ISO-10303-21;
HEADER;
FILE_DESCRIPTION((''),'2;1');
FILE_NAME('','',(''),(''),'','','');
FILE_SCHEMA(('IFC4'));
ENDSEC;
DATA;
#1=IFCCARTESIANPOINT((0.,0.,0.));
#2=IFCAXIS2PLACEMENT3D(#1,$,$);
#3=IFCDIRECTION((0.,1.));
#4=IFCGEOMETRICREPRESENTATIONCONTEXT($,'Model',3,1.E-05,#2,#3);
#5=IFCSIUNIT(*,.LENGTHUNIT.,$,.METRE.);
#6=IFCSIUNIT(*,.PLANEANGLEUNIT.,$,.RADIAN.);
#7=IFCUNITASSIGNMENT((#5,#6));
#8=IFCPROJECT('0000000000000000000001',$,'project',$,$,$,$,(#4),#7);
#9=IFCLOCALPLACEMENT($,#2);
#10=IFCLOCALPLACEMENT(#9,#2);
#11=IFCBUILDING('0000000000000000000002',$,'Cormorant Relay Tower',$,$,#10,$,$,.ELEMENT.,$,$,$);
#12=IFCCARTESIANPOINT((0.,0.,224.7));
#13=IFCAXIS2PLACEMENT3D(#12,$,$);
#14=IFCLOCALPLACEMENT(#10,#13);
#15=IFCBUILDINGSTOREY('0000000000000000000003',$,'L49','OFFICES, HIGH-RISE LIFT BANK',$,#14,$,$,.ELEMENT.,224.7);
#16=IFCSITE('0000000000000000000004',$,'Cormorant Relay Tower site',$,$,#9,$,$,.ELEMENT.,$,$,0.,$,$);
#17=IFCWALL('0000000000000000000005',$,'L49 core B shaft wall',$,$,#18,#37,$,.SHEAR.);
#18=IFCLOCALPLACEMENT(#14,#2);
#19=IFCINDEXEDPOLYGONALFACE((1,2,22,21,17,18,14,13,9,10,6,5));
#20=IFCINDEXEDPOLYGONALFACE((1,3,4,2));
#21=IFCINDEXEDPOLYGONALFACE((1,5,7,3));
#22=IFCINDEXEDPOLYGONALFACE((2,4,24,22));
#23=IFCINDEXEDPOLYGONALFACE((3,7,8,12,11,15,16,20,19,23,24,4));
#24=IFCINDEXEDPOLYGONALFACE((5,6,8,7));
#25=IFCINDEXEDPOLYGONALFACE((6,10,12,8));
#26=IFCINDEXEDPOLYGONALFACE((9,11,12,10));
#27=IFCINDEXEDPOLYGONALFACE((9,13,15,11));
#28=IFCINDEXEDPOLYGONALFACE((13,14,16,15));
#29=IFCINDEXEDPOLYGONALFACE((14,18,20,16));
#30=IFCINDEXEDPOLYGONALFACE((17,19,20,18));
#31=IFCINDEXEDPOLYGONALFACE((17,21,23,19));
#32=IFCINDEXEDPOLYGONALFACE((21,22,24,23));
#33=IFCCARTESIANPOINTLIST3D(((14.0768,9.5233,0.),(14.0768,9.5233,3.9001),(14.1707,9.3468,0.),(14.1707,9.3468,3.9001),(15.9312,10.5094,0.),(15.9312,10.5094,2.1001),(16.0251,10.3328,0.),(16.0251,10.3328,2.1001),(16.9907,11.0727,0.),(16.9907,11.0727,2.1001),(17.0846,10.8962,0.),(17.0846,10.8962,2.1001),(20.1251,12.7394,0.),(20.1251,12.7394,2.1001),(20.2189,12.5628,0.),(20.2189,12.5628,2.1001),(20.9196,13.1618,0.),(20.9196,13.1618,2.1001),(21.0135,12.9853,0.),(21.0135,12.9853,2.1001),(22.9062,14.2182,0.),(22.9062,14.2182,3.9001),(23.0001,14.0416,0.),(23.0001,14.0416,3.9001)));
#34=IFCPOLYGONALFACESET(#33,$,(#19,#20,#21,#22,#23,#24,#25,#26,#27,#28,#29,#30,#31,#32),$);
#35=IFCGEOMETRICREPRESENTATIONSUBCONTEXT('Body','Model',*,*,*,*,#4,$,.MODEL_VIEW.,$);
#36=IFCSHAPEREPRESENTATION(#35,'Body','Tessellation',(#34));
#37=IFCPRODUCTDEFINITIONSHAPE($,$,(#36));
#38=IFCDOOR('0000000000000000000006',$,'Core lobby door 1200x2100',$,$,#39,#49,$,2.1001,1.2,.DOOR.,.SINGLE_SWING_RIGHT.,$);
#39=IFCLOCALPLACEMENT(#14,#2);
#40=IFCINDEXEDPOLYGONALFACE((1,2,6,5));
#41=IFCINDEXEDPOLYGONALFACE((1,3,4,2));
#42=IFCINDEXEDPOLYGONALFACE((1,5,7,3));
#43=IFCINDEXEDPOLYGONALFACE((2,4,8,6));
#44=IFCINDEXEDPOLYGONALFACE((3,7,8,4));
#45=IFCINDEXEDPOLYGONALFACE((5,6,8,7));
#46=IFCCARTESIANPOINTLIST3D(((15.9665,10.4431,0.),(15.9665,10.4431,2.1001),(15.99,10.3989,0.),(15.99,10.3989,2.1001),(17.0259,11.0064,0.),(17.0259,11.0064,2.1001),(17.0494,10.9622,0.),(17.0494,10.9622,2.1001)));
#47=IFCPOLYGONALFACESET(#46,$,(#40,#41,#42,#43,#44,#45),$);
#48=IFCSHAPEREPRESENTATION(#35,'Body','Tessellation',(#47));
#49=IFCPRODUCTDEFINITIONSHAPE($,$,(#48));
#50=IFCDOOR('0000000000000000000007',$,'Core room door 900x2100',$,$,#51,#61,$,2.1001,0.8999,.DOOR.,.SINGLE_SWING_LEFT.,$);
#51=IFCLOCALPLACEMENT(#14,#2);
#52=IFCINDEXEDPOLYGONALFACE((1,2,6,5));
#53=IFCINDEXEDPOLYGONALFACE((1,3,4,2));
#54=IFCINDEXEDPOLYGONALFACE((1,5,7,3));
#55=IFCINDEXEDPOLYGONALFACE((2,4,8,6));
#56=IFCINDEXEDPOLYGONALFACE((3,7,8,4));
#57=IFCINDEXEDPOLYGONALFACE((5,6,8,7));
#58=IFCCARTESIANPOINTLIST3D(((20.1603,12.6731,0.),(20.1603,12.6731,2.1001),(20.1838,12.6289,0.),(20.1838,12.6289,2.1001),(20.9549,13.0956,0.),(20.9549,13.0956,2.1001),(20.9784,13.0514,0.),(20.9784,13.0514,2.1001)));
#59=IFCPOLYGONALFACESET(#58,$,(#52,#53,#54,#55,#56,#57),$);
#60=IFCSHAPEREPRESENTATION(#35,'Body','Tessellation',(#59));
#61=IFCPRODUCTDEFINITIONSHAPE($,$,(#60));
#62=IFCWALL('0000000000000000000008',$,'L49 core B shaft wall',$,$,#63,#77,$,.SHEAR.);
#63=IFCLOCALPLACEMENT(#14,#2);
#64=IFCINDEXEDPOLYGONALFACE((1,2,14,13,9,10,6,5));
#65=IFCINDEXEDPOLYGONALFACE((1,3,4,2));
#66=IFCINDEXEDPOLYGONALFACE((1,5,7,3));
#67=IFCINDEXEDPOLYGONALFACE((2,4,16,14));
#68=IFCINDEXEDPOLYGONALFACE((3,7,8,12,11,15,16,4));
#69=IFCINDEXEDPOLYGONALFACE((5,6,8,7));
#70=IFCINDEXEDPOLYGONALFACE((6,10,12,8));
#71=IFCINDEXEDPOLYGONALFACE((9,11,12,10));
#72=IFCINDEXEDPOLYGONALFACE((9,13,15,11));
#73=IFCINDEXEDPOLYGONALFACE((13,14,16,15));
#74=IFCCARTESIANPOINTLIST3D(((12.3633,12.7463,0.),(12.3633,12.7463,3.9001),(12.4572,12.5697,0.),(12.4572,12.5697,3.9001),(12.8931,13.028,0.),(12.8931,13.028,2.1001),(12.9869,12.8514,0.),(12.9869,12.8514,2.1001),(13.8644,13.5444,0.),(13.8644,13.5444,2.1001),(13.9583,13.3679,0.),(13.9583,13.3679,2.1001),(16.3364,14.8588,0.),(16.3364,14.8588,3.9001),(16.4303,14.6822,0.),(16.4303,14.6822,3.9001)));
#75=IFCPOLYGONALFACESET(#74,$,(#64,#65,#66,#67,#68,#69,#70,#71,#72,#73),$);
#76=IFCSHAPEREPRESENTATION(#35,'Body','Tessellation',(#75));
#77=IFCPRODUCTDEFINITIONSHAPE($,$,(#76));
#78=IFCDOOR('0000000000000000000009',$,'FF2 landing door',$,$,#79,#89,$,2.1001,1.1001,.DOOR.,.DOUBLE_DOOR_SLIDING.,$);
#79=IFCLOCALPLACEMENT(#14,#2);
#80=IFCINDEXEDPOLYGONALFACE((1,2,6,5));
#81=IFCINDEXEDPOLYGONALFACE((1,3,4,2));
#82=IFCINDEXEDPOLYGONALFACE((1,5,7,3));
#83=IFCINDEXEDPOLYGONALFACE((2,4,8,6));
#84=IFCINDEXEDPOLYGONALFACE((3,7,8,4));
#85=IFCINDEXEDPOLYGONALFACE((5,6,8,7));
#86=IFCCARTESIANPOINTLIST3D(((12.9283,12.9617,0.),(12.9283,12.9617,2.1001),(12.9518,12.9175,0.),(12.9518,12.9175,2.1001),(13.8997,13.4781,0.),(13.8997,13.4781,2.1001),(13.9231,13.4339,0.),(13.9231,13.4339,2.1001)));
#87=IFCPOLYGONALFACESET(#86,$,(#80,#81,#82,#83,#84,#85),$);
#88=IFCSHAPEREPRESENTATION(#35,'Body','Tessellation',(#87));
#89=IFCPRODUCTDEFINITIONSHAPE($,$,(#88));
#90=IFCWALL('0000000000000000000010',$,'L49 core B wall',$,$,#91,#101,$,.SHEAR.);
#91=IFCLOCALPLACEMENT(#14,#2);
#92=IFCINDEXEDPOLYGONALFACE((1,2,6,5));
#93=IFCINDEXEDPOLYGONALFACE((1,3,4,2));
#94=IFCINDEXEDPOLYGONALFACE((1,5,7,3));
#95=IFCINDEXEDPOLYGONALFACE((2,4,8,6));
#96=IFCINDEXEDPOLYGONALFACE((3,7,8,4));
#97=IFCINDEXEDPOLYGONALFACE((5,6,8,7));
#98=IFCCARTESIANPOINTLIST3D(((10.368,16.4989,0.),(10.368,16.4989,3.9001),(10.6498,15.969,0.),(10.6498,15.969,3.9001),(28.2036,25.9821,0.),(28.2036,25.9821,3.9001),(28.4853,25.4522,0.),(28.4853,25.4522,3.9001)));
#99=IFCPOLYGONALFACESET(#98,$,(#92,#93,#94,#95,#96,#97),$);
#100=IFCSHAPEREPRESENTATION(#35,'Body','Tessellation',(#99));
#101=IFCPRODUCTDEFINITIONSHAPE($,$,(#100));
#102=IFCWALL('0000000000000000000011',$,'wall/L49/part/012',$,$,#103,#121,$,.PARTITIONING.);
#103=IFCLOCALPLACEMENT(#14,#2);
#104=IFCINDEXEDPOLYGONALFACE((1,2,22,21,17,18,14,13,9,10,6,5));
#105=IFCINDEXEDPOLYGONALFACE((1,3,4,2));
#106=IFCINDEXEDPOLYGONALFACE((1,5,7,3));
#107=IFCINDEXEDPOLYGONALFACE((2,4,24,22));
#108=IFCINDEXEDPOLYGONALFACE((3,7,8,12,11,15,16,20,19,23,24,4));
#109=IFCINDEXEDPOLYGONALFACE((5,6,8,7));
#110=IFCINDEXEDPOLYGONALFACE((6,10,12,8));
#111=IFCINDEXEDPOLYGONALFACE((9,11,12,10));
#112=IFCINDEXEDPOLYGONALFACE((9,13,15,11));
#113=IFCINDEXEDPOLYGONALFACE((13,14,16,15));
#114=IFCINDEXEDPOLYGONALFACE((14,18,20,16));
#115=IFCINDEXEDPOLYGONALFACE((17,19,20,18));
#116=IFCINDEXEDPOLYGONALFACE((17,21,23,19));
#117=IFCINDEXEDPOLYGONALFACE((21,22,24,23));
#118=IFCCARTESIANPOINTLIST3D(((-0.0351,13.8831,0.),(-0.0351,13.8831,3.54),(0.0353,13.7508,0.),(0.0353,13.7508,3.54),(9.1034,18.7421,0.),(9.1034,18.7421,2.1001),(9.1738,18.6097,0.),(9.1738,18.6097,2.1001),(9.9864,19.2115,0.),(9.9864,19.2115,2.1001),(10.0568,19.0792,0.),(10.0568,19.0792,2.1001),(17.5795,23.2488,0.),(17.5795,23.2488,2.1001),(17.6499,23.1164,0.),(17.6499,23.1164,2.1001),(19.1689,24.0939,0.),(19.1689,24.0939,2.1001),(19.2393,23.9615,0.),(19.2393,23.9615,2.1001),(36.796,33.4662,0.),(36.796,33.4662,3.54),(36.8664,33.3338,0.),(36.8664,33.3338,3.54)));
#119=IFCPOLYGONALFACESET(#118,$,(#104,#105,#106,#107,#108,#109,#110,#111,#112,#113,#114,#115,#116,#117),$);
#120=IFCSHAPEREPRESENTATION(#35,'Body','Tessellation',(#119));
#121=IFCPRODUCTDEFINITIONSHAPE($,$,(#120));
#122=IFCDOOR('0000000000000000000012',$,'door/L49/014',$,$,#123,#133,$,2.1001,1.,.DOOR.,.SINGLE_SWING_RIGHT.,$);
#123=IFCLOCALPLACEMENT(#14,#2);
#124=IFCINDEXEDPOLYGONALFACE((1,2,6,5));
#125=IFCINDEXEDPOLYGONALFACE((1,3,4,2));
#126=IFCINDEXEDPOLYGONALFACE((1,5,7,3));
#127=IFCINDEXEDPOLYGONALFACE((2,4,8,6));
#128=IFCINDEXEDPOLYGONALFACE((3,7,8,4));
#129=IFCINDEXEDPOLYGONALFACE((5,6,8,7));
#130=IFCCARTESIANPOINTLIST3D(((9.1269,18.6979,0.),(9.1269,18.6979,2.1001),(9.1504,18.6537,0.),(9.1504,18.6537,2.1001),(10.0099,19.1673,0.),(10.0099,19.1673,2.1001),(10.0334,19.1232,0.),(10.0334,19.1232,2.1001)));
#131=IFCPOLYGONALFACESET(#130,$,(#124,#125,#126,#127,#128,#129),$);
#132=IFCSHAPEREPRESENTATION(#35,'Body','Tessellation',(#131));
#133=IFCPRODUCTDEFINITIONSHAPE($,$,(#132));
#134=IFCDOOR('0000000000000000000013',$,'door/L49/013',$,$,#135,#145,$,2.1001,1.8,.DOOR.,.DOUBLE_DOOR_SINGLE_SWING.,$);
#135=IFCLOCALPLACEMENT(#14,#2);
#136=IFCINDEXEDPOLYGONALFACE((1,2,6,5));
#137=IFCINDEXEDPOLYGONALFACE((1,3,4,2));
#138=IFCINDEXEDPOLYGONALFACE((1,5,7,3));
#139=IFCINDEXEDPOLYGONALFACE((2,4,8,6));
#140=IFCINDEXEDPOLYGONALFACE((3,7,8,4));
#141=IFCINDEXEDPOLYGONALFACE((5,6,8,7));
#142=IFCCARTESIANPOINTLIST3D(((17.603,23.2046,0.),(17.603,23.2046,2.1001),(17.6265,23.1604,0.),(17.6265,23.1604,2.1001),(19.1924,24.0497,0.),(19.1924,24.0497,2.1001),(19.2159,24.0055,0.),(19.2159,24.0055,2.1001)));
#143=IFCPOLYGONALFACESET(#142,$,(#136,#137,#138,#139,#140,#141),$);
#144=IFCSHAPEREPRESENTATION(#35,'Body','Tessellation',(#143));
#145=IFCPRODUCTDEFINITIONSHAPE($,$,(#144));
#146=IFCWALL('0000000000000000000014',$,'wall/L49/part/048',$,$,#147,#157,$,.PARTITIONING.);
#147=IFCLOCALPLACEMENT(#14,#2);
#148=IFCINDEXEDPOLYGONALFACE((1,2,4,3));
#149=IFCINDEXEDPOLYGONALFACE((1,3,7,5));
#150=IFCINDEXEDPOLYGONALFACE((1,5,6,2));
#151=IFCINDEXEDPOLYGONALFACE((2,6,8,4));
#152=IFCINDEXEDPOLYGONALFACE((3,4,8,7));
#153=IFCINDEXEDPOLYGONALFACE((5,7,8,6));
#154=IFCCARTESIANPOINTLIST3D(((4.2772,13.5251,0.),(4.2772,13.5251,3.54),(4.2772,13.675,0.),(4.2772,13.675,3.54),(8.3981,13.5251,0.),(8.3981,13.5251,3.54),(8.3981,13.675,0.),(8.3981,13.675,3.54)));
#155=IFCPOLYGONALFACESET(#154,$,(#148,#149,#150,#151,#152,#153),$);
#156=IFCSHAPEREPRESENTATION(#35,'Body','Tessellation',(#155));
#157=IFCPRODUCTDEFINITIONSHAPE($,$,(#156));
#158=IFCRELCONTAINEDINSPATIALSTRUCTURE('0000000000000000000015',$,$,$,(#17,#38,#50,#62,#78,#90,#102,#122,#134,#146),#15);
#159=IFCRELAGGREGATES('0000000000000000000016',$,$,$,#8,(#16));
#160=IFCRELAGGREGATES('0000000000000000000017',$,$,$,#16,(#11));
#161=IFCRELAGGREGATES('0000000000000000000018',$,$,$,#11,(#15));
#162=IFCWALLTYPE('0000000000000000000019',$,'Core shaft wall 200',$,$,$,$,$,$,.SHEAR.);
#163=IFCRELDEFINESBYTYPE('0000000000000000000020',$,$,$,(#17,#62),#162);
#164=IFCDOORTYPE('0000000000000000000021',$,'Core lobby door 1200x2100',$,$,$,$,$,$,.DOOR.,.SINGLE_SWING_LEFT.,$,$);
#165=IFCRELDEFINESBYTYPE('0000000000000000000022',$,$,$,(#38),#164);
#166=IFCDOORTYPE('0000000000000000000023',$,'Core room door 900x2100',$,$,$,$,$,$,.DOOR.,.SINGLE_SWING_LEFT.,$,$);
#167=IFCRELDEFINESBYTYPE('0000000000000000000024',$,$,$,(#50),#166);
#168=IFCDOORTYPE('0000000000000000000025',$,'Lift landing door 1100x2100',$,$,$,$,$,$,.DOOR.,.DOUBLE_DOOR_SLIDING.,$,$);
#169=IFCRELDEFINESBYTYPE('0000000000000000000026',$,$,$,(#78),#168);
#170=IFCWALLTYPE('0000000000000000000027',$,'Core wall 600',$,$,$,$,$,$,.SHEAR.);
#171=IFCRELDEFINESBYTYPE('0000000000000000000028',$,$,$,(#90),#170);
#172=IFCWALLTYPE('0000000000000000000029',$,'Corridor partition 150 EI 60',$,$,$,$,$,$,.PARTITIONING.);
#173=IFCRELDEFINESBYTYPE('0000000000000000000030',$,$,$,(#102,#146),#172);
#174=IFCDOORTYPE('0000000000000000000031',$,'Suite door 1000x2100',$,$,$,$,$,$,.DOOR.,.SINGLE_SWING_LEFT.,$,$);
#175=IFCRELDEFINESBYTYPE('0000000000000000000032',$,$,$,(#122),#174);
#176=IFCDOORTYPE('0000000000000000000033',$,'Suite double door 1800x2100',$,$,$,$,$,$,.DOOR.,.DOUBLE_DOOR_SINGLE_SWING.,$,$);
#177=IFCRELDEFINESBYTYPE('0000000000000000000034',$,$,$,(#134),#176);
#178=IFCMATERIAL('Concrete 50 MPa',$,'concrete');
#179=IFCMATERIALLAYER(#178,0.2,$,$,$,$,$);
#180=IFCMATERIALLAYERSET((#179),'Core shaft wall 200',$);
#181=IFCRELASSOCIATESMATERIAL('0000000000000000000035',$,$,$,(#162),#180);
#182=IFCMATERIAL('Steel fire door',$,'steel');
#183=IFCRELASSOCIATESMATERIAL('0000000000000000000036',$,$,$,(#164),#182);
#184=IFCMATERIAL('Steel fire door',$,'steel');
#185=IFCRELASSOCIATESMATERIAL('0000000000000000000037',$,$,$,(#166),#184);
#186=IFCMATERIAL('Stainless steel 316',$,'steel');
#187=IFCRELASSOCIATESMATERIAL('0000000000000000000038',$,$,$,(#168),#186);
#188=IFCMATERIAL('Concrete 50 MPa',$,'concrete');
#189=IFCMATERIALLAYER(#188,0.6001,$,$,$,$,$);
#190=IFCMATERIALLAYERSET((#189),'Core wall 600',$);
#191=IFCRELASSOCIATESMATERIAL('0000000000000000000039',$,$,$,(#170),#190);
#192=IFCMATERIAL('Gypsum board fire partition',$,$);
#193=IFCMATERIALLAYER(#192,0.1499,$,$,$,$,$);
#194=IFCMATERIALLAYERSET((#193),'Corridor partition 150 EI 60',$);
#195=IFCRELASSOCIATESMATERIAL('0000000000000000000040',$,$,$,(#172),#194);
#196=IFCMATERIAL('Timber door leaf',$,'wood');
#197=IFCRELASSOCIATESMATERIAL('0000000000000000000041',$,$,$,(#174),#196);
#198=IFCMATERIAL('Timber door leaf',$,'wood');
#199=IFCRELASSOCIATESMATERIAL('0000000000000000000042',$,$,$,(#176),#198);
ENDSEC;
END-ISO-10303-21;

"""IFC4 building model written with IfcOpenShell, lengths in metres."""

from ifc_helpers import new_model, si_unit, direction, frame, frame_2d, origin, place, context, subcontext, project, spatial, rectangle, extrude, material, layer, layer_set, type_object, element, fill, save


model = new_model("IFC4")

# Units and contexts
model_context = context("Model", 3, precision=1e-05, world=origin(), true_north=direction((0.0, 1.0)))
body_context = subcontext(model_context, "Body", "Model", "MODEL_VIEW")
ifc_project = project(units=[si_unit("LENGTHUNIT", "METRE"), si_unit("PLANEANGLEUNIT", "RADIAN")], contexts=[model_context])

# Site, building, storey
site_placement = place(None, origin())
site = spatial("IfcSite", under=ifc_project, at=site_placement, Name="Cormorant Relay Tower site", CompositionType="ELEMENT", RefElevation=0.0)
building_placement = place(site_placement, origin())
building = spatial("IfcBuilding", under=site, at=building_placement, Name="Cormorant Relay Tower", CompositionType="ELEMENT")
storey_placement = place(building_placement, frame((0.0, 0.0, 224.7)))
storey = spatial("IfcBuildingStorey", under=building, at=storey_placement, Name="L49", Description="OFFICES, HIGH-RISE LIFT BANK", CompositionType="ELEMENT", Elevation=224.7)

# Shared definitions
ifc_material_1 = material(Name="Concrete 50 MPa", Category="concrete")
ifc_layer_1 = layer(ifc_material_1, 0.2)
ifc_layer_set_1 = layer_set([ifc_layer_1], Name="Core shaft wall 200")
wall_type_1 = type_object("IfcWallType", Name="Core shaft wall 200", PredefinedType="SHEAR", material=ifc_layer_set_1)

# Wall, openings, doors
wall_1_placement = place(storey_placement, frame((14.1238, 9.4351, 0.0), z_axis=(0.0, 0.0, 1.0), x_axis=(0.88294, 0.469485, 0.0)))
wall_1 = element("IfcWall", 1, at=wall_1_placement, inside=storey, type_object=wall_type_1, Name="L49 core B shaft wall", PredefinedType="SHEAR", context=body_context, shape_type="SweptSolid", body=[
    extrude(rectangle(XDim=10.0, YDim=0.2, at=frame_2d((5.0, 0.0))), origin(), (0.0, 0.0, 1.0), 3.9001),
])
opening_1_placement = place(wall_1_placement, frame((2.1001, 0.0, 0.0)))
opening_1 = element("IfcOpeningElement", 2, at=opening_1_placement, cuts=wall_1, PredefinedType="OPENING", context=body_context, shape_type="SweptSolid", body=[
    extrude(rectangle(XDim=1.2, YDim=2.1001, at=frame_2d((0.6001, 1.05))), frame((0.0, 0.1099, 0.0), z_axis=(0.0, -1.0, 0.0), x_axis=(1.0, 0.0, 0.0)), (0.0, 0.0, 1.0), 0.22),
])
opening_2_placement = place(wall_1_placement, frame((6.8501, 0.0, 0.0)))
opening_2 = element("IfcOpeningElement", 3, at=opening_2_placement, cuts=wall_1, PredefinedType="OPENING", context=body_context, shape_type="SweptSolid", body=[
    extrude(rectangle(XDim=0.8999, YDim=2.1001, at=frame_2d((0.45, 1.05))), frame((0.0, 0.1099, 0.0), z_axis=(0.0, -1.0, 0.0), x_axis=(1.0, 0.0, 0.0)), (0.0, 0.0, 1.0), 0.22),
])
ifc_material_2 = material(Name="Steel fire door", Category="steel")
door_type_1 = type_object("IfcDoorType", Name="Core lobby door 1200x2100", OperationType="SINGLE_SWING_LEFT", PredefinedType="DOOR", material=ifc_material_2)
door_1_placement = place(opening_1_placement, origin())
door_1 = element("IfcDoor", 4, at=door_1_placement, inside=storey, type_object=door_type_1, Name="Core lobby door 1200x2100", OperationType="SINGLE_SWING_RIGHT", OverallHeight=2.1001, OverallWidth=1.2, PredefinedType="DOOR", context=body_context, shape_type="SweptSolid", body=[
    extrude(rectangle(XDim=1.2, YDim=2.1001, at=frame_2d((0.6001, 1.05))), frame((0.0, 0.0249, 0.0), z_axis=(0.0, -1.0, 0.0), x_axis=(1.0, 0.0, 0.0)), (0.0, 0.0, 1.0), 0.05),
])
fill(opening_1, door_1)
ifc_material_3 = material(Name="Steel fire door", Category="steel")
door_type_2 = type_object("IfcDoorType", Name="Core room door 900x2100", OperationType="SINGLE_SWING_LEFT", PredefinedType="DOOR", material=ifc_material_3)
door_2_placement = place(opening_2_placement, origin())
door_2 = element("IfcDoor", 5, at=door_2_placement, inside=storey, type_object=door_type_2, Name="Core room door 900x2100", OperationType="SINGLE_SWING_LEFT", OverallHeight=2.1001, OverallWidth=0.8999, PredefinedType="DOOR", context=body_context, shape_type="SweptSolid", body=[
    extrude(rectangle(XDim=0.8999, YDim=2.1001, at=frame_2d((0.45, 1.05))), frame((0.0, 0.0249, 0.0), z_axis=(0.0, -1.0, 0.0), x_axis=(1.0, 0.0, 0.0)), (0.0, 0.0, 1.0), 0.05),
])
fill(opening_2, door_2)

# Wall, opening, door
wall_2_placement = place(storey_placement, frame((12.4102, 12.658, 0.0), z_axis=(0.0, 0.0, 1.0), x_axis=(0.882948, 0.46947, 0.0)))
wall_2 = element("IfcWall", 6, at=wall_2_placement, inside=storey, type_object=wall_type_1, Name="L49 core B shaft wall", PredefinedType="SHEAR", context=body_context, shape_type="SweptSolid", body=[
    extrude(rectangle(XDim=4.4998, YDim=0.2, at=frame_2d((2.25, 0.0))), origin(), (0.0, 0.0, 1.0), 3.9001),
])
opening_3_placement = place(wall_2_placement, frame((0.6001, 0.0, 0.0)))
opening_3 = element("IfcOpeningElement", 7, at=opening_3_placement, cuts=wall_2, PredefinedType="OPENING", context=body_context, shape_type="SweptSolid", body=[
    extrude(rectangle(XDim=1.1001, YDim=2.1001, at=frame_2d((0.55, 1.05))), frame((0.0, 0.1099, 0.0), z_axis=(0.0, -1.0, 0.0), x_axis=(1.0, 0.0, 0.0)), (0.0, 0.0, 1.0), 0.22),
])
ifc_material_4 = material(Name="Stainless steel 316", Category="steel")
door_type_3 = type_object("IfcDoorType", Name="Lift landing door 1100x2100", OperationType="DOUBLE_DOOR_SLIDING", PredefinedType="DOOR", material=ifc_material_4)
door_3_placement = place(opening_3_placement, origin())
door_3 = element("IfcDoor", 8, at=door_3_placement, inside=storey, type_object=door_type_3, Name="FF2 landing door", OperationType="DOUBLE_DOOR_SLIDING", OverallHeight=2.1001, OverallWidth=1.1001, PredefinedType="DOOR", context=body_context, shape_type="SweptSolid", body=[
    extrude(rectangle(XDim=1.1001, YDim=2.1001, at=frame_2d((0.55, 1.05))), frame((0.0, 0.0249, 0.0), z_axis=(0.0, -1.0, 0.0), x_axis=(1.0, 0.0, 0.0)), (0.0, 0.0, 1.0), 0.05),
])
fill(opening_3, door_3)

# Wall
ifc_material_5 = material(Name="Concrete 50 MPa", Category="concrete")
ifc_layer_2 = layer(ifc_material_5, 0.6001)
ifc_layer_set_2 = layer_set([ifc_layer_2], Name="Core wall 600")
wall_type_2 = type_object("IfcWallType", Name="Core wall 600", PredefinedType="SHEAR", material=ifc_layer_set_2)
wall_3_placement = place(storey_placement, frame((10.5088, 16.2339, 0.0), z_axis=(0.0, 0.0, 1.0), x_axis=(0.88295, 0.469467, 0.0)))
element("IfcWall", 9, at=wall_3_placement, inside=storey, type_object=wall_type_2, Name="L49 core B wall", PredefinedType="SHEAR", context=body_context, shape_type="SweptSolid", body=[
    extrude(rectangle(XDim=20.2, YDim=0.6001, at=frame_2d((10.1001, 0.0))), origin(), (0.0, 0.0, 1.0), 3.9001),
])

# Wall, openings, doors
ifc_material_6 = material(Name="Gypsum board fire partition")
ifc_layer_3 = layer(ifc_material_6, 0.1499)
ifc_layer_set_3 = layer_set([ifc_layer_3], Name="Corridor partition 150 EI 60")
wall_type_3 = type_object("IfcWallType", Name="Corridor partition 150 EI 60", PredefinedType="PARTITIONING", material=ifc_layer_set_3)
wall_4_placement = place(storey_placement, frame((0.0, 13.8169, 0.0), z_axis=(0.0, 0.0, 1.0), x_axis=(0.882952, 0.469464, 0.0)))
wall_4 = element("IfcWall", 10, at=wall_4_placement, inside=storey, type_object=wall_type_3, Name="wall/L49/part/012", PredefinedType="PARTITIONING", context=body_context, shape_type="SweptSolid", body=[
    extrude(rectangle(XDim=41.7136, YDim=0.1499, at=frame_2d((20.8569, 0.0))), origin(), (0.0, 0.0, 1.0), 3.54),
])
opening_4_placement = place(wall_4_placement, frame((19.95, 0.0, 0.0)))
opening_4 = element("IfcOpeningElement", 11, at=opening_4_placement, cuts=wall_4, PredefinedType="OPENING", context=body_context, shape_type="SweptSolid", body=[
    extrude(rectangle(XDim=1.8, YDim=2.1001, at=frame_2d((0.8999, 1.05))), frame((0.0, 0.085, 0.0), z_axis=(0.0, -1.0, 0.0), x_axis=(1.0, 0.0, 0.0)), (0.0, 0.0, 1.0), 0.1699),
])
opening_5_placement = place(wall_4_placement, frame((10.3501, 0.0, 0.0)))
opening_5 = element("IfcOpeningElement", 12, at=opening_5_placement, cuts=wall_4, PredefinedType="OPENING", context=body_context, shape_type="SweptSolid", body=[
    extrude(rectangle(XDim=1.0, YDim=2.1001, at=frame_2d((0.5, 1.05))), frame((0.0, 0.085, 0.0), z_axis=(0.0, -1.0, 0.0), x_axis=(1.0, 0.0, 0.0)), (0.0, 0.0, 1.0), 0.1699),
])
ifc_material_7 = material(Name="Timber door leaf", Category="wood")
door_type_4 = type_object("IfcDoorType", Name="Suite door 1000x2100", OperationType="SINGLE_SWING_LEFT", PredefinedType="DOOR", material=ifc_material_7)
door_4_placement = place(opening_5_placement, origin())
door_4 = element("IfcDoor", 13, at=door_4_placement, inside=storey, type_object=door_type_4, Name="door/L49/014", OperationType="SINGLE_SWING_RIGHT", OverallHeight=2.1001, OverallWidth=1.0, PredefinedType="DOOR", context=body_context, shape_type="SweptSolid", body=[
    extrude(rectangle(XDim=1.0, YDim=2.1001, at=frame_2d((0.5, 1.05))), frame((0.0, 0.0249, 0.0), z_axis=(0.0, -1.0, 0.0), x_axis=(1.0, 0.0, 0.0)), (0.0, 0.0, 1.0), 0.05),
])
fill(opening_5, door_4)
ifc_material_8 = material(Name="Timber door leaf", Category="wood")
door_type_5 = type_object("IfcDoorType", Name="Suite double door 1800x2100", OperationType="DOUBLE_DOOR_SINGLE_SWING", PredefinedType="DOOR", material=ifc_material_8)
door_5_placement = place(opening_4_placement, origin())
door_5 = element("IfcDoor", 14, at=door_5_placement, inside=storey, type_object=door_type_5, Name="door/L49/013", OperationType="DOUBLE_DOOR_SINGLE_SWING", OverallHeight=2.1001, OverallWidth=1.8, PredefinedType="DOOR", context=body_context, shape_type="SweptSolid", body=[
    extrude(rectangle(XDim=1.8, YDim=2.1001, at=frame_2d((0.8999, 1.05))), frame((0.0, 0.0249, 0.0), z_axis=(0.0, -1.0, 0.0), x_axis=(1.0, 0.0, 0.0)), (0.0, 0.0, 1.0), 0.05),
])
fill(opening_4, door_5)

# Wall
wall_5_placement = place(storey_placement, frame((4.2771, 13.6001, 0.0), z_axis=(0.0, 0.0, 1.0), x_axis=(1.0, 0.0, 0.0)))
element("IfcWall", 15, at=wall_5_placement, inside=storey, type_object=wall_type_3, Name="wall/L49/part/048", PredefinedType="PARTITIONING", context=body_context, shape_type="SweptSolid", body=[
    extrude(rectangle(XDim=4.1208, YDim=0.1499, at=frame_2d((2.0605, 0.0))), origin(), (0.0, 0.0, 1.0), 3.54),
])

save(model, "model.ifc")
